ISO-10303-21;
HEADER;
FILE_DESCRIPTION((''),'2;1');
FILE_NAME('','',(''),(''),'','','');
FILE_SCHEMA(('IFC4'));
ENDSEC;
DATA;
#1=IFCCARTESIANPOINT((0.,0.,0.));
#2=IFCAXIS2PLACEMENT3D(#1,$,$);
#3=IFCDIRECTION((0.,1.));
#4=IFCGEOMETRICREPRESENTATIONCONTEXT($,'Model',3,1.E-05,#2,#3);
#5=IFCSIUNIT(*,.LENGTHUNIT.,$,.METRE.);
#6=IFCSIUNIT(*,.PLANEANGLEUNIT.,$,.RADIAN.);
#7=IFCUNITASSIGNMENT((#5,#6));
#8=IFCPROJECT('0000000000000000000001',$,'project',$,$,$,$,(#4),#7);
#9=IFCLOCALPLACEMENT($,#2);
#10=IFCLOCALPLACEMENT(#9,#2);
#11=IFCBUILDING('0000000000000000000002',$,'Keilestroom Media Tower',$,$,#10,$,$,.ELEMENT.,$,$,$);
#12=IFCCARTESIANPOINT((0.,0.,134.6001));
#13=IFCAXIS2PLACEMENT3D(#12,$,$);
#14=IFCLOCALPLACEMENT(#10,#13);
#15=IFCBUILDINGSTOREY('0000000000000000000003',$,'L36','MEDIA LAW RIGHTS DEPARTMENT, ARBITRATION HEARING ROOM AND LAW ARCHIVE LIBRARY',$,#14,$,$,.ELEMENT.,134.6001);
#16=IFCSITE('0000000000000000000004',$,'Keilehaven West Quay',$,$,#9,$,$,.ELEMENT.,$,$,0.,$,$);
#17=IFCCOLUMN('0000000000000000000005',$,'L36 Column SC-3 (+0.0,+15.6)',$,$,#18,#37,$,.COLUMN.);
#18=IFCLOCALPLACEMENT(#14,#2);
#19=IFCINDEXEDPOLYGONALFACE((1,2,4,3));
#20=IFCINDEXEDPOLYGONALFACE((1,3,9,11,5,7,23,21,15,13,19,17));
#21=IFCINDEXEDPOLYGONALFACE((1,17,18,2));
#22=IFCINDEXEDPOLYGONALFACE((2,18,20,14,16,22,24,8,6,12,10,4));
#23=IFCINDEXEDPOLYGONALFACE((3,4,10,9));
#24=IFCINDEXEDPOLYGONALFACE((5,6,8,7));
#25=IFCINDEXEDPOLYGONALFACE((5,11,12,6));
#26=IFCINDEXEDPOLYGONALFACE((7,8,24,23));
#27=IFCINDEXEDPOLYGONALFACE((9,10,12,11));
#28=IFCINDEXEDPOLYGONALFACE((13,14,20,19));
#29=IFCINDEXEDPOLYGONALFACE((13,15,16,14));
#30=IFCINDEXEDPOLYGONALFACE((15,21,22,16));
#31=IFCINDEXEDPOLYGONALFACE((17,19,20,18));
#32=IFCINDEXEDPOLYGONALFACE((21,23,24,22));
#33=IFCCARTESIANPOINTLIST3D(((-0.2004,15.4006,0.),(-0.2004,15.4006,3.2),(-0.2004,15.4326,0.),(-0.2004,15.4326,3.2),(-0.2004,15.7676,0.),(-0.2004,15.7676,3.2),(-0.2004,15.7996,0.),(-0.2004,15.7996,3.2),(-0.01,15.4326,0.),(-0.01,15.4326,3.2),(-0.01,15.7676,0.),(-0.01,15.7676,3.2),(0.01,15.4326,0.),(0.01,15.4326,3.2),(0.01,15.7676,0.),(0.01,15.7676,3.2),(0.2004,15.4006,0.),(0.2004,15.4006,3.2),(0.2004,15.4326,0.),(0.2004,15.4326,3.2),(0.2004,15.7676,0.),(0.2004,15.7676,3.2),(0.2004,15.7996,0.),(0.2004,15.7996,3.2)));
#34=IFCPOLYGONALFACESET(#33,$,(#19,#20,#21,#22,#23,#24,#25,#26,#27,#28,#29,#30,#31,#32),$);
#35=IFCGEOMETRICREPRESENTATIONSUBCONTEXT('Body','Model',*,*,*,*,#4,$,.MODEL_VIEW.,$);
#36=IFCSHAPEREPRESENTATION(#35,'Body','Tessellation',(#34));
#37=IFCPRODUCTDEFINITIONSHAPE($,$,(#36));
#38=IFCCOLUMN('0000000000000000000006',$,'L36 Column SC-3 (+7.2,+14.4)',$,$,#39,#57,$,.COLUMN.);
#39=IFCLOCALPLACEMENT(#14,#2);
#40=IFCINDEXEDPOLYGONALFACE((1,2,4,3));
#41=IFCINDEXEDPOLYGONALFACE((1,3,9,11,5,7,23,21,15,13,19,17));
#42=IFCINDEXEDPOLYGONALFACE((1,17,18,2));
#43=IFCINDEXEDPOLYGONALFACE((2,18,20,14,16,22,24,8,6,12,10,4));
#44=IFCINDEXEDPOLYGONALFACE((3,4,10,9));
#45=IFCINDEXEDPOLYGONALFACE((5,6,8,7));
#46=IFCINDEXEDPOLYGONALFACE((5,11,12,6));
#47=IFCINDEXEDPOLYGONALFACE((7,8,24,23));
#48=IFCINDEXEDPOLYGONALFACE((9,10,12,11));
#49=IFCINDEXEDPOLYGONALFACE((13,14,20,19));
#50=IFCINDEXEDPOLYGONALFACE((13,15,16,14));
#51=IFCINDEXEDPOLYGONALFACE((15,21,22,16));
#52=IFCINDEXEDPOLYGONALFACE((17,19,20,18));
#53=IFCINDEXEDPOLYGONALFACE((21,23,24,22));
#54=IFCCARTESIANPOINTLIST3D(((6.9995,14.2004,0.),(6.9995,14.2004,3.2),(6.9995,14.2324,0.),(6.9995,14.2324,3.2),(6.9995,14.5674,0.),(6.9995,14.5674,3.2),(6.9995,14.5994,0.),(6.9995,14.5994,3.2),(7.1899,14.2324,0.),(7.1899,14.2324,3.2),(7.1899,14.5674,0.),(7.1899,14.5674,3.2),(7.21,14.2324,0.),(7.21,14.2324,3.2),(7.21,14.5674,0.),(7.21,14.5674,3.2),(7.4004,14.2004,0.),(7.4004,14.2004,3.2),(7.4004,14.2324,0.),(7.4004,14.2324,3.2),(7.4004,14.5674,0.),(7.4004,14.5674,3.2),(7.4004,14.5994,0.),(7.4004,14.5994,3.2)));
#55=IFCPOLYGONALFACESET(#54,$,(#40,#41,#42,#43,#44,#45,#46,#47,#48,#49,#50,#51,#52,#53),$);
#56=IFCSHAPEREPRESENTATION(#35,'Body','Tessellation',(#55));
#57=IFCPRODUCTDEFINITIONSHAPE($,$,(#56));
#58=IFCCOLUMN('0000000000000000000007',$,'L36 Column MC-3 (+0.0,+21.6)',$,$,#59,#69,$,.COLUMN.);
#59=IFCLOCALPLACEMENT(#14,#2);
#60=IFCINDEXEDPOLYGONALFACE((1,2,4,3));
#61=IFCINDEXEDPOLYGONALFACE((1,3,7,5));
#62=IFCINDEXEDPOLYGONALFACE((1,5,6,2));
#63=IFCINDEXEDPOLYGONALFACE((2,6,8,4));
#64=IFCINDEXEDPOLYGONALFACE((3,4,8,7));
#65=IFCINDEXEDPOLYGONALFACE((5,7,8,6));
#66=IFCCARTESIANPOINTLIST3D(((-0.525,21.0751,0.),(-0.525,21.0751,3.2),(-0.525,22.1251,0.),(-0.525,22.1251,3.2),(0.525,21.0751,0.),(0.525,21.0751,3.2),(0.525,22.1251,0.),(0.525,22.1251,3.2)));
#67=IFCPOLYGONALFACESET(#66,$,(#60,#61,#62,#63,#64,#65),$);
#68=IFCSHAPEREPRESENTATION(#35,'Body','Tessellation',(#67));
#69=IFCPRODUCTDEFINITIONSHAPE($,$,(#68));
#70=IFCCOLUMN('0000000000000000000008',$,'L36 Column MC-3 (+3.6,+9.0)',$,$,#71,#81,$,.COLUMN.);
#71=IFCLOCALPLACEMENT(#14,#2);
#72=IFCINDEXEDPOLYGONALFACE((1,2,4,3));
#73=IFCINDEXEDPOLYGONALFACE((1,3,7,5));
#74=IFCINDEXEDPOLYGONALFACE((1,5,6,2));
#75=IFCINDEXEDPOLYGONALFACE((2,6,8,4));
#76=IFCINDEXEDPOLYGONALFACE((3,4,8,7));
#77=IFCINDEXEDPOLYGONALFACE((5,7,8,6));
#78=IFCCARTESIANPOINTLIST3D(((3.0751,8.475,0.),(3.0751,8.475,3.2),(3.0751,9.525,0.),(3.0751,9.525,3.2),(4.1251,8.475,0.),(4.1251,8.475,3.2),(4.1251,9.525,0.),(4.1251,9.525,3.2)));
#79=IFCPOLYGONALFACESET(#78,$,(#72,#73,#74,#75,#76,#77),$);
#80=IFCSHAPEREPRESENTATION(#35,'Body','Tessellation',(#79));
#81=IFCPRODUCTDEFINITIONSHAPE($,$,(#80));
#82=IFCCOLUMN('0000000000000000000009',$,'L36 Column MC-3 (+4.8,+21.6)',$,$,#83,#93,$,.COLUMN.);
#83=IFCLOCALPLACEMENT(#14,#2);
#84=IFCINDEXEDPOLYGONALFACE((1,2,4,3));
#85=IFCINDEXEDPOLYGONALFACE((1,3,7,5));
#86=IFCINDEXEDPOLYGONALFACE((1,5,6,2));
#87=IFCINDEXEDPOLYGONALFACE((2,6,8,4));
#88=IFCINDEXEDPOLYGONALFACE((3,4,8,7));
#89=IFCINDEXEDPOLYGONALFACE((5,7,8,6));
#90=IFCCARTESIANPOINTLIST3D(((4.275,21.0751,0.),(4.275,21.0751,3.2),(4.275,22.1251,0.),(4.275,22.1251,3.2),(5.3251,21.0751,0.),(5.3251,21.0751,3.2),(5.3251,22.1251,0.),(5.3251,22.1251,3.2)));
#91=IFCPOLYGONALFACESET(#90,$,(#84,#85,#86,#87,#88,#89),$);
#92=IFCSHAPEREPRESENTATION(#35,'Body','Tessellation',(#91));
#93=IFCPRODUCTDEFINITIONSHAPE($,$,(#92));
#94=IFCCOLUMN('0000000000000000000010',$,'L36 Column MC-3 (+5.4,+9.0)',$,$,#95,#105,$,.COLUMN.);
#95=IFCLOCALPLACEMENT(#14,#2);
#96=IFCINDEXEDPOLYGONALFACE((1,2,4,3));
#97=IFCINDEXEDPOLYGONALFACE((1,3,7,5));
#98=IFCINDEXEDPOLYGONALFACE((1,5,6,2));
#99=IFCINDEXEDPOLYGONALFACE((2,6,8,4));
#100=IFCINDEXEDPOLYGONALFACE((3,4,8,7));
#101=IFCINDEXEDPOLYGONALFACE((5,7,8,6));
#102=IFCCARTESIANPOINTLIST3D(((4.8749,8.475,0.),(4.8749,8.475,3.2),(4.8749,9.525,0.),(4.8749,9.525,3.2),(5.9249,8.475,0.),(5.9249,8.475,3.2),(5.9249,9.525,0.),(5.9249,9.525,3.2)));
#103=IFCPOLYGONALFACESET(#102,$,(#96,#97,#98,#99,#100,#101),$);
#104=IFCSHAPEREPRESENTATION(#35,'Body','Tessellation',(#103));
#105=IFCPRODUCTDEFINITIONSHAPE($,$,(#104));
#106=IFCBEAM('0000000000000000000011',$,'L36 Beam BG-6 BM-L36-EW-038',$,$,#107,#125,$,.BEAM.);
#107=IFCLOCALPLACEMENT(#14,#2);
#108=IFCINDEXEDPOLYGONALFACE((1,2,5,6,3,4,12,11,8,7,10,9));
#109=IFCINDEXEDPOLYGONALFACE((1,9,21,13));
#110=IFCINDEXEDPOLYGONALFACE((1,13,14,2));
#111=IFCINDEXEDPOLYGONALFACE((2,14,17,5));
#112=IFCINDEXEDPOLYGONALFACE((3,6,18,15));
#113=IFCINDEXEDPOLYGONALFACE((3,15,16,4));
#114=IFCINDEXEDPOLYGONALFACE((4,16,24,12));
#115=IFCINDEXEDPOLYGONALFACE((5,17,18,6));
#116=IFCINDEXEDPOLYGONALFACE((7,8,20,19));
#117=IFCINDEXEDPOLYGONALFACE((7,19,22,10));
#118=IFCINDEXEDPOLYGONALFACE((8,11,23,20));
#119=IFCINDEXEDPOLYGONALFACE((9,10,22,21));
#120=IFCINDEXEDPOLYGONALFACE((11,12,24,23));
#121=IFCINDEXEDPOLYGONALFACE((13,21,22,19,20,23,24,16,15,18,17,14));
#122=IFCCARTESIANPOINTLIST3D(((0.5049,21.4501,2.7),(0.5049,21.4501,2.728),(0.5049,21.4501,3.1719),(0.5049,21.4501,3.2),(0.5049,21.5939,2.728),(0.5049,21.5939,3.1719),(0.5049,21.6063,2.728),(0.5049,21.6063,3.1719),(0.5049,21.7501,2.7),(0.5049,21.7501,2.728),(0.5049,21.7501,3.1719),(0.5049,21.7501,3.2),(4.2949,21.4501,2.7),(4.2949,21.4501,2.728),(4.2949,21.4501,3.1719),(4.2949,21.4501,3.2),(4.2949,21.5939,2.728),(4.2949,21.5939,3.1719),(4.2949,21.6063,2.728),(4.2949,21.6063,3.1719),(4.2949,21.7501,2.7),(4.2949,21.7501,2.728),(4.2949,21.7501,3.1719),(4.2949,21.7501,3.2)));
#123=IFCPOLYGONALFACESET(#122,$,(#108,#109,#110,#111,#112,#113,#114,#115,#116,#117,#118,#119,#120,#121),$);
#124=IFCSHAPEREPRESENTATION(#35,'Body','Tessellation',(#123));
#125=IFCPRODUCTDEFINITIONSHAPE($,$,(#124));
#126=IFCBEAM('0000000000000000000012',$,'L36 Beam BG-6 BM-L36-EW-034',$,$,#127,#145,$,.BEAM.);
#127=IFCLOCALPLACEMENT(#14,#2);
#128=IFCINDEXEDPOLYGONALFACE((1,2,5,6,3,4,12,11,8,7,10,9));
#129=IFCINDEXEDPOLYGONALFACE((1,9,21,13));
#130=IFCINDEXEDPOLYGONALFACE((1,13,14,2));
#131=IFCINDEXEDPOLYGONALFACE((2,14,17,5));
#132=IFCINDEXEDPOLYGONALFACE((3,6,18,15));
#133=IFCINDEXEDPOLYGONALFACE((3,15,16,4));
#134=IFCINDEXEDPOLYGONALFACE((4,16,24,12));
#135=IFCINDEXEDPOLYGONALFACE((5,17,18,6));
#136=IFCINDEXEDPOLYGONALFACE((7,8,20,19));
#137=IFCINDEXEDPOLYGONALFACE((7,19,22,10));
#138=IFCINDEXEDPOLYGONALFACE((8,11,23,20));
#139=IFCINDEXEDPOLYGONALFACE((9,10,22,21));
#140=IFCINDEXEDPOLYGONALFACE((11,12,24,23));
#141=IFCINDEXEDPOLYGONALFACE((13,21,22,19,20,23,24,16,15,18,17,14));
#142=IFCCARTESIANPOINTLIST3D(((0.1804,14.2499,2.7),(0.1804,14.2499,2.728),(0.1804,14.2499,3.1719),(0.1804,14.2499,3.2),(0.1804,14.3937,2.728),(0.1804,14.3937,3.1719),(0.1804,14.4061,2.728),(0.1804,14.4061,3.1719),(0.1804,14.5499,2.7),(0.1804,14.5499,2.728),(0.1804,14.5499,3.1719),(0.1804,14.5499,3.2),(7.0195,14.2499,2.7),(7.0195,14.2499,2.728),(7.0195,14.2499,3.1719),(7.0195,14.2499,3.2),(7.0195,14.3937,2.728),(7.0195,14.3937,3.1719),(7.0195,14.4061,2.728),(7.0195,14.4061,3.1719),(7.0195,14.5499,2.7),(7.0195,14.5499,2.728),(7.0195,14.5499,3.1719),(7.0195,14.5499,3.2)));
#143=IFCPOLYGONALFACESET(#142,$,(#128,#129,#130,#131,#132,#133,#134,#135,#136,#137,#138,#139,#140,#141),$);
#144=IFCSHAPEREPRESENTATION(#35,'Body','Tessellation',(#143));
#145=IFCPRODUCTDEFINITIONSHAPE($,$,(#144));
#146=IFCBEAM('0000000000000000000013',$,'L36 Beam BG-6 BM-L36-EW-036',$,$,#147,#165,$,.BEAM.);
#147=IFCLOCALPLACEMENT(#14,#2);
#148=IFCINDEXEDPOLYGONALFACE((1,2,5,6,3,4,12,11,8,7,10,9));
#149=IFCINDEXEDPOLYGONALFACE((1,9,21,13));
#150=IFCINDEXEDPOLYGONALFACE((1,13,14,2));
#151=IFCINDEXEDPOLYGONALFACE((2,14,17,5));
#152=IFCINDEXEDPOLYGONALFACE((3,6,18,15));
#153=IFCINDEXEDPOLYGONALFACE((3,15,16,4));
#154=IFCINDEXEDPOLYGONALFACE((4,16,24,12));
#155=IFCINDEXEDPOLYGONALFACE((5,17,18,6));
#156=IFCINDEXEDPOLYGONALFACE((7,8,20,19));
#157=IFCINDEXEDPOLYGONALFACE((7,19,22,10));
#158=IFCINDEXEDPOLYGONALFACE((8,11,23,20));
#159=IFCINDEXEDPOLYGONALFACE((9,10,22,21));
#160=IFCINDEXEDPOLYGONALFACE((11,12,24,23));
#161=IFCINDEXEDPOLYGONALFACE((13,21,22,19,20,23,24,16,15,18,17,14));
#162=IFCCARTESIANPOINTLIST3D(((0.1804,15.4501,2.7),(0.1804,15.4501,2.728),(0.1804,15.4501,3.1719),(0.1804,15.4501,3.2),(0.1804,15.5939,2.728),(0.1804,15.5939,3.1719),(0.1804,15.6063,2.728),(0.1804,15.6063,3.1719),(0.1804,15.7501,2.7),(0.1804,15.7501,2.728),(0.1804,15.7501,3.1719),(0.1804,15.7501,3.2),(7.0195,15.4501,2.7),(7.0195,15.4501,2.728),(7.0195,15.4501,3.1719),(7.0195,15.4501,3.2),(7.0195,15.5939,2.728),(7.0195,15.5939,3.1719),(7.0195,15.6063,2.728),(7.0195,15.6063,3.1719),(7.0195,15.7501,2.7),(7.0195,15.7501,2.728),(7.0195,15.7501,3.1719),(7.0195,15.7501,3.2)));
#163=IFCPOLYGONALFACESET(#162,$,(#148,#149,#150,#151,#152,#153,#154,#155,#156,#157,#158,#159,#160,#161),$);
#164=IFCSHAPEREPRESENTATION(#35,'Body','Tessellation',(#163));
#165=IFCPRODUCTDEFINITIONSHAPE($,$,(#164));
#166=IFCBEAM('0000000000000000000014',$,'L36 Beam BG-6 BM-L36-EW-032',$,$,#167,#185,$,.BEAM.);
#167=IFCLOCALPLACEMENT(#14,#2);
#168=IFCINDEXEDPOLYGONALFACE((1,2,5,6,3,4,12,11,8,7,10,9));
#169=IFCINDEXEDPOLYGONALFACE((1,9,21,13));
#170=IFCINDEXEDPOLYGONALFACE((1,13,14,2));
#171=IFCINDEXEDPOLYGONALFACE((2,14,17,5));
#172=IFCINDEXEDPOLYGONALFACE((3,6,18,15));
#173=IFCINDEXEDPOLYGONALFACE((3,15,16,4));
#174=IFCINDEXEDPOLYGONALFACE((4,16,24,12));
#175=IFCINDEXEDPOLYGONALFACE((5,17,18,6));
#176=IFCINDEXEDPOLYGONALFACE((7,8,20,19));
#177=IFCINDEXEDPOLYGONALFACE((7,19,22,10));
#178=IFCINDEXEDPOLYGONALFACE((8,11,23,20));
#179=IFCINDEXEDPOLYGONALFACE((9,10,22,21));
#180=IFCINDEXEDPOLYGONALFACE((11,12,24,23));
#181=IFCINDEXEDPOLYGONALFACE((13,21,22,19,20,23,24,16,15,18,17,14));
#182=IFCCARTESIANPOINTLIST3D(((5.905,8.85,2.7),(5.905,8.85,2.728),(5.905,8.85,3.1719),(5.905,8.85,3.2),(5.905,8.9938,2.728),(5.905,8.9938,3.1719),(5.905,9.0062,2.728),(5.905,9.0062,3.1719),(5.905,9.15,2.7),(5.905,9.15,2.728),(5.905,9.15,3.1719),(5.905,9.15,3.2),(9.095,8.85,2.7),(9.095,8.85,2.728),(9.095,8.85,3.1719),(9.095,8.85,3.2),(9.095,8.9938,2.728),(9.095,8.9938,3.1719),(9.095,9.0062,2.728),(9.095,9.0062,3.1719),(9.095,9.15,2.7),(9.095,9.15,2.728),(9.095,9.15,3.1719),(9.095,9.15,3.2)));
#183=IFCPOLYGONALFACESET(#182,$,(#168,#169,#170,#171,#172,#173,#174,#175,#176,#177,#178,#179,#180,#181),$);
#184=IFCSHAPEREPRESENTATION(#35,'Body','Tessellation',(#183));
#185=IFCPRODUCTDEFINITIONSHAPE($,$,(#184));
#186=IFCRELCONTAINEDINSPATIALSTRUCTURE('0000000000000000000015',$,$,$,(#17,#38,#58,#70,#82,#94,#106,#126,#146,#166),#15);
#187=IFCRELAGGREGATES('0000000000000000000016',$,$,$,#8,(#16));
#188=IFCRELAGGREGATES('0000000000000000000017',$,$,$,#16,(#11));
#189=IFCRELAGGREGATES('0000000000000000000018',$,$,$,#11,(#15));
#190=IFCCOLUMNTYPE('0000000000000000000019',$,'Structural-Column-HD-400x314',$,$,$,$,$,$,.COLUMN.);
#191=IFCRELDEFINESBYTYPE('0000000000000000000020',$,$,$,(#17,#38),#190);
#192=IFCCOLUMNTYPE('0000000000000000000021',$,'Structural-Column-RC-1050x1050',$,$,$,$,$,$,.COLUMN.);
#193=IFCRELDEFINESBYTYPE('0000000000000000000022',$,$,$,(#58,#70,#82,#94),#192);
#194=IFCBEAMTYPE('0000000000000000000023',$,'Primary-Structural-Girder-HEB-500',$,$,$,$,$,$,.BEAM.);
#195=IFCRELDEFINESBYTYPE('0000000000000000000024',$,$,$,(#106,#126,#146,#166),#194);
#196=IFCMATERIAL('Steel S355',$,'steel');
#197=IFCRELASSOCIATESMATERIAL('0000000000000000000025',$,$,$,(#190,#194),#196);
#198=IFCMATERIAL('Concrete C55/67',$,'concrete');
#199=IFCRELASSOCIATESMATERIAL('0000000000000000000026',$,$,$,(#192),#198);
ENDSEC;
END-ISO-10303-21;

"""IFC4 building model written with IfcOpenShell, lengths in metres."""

from ifc_helpers import new_model, si_unit, direction, frame, origin, origin_2d, place, context, subcontext, project, spatial, rectangle, i_section, extrude, source, transform, mapped, material, material_profile, profile_set, type_object, element, save


model = new_model("IFC4")

# Units and contexts
model_context = context("Model", 3, precision=1e-05, world=origin(), true_north=direction((0.0, 1.0)))
body_context = subcontext(model_context, "Body", "Model", "MODEL_VIEW")
ifc_project = project(units=[si_unit("LENGTHUNIT", "METRE"), si_unit("PLANEANGLEUNIT", "RADIAN")], contexts=[model_context])

# Site, building, storey
site_placement = place(None, origin())
site = spatial("IfcSite", under=ifc_project, at=site_placement, Name="Keilehaven West Quay", CompositionType="ELEMENT", RefElevation=0.0)
building_placement = place(site_placement, origin())
building = spatial("IfcBuilding", under=site, at=building_placement, Name="Keilestroom Media Tower", CompositionType="ELEMENT")
storey_placement = place(building_placement, frame((0.0, 0.0, 134.6001)))
storey = spatial("IfcBuildingStorey", under=building, at=storey_placement, Name="L36", Description="MEDIA LAW RIGHTS DEPARTMENT, ARBITRATION HEARING ROOM AND LAW ARCHIVE LIBRARY", CompositionType="ELEMENT", Elevation=134.6001)

# Columns
ifc_material_1 = material(Name="Steel S355", Category="steel")
ifc_material_profile_1 = material_profile(ifc_material_1, i_section(OverallWidth=0.4009, OverallDepth=0.3989, WebThickness=0.02, FlangeThickness=0.032, at=origin_2d()), Name="HD 400x314")
ifc_profile_set_1 = profile_set([ifc_material_profile_1], Name="Steel S355")
column_type_1 = type_object("IfcColumnType", Name="Structural-Column-HD-400x314", PredefinedType="COLUMN", material=ifc_profile_set_1)
shared_shape_1 = source(origin(), body_context, "Body", "SweptSolid", [
    extrude(i_section(OverallWidth=0.4009, OverallDepth=0.3989, WebThickness=0.02, FlangeThickness=0.032, at=origin_2d()), origin(), (0.0, 0.0, 1.0), 3.2),
])
for number, where, z_axis, x_axis, name in (
    (1, (0.0, 15.6001, 0.0), (0.0, 0.0, 1.0), (1.0, 0.0, 0.0), "L36 Column SC-3 (+0.0,+15.6)"),
    (2, (7.2, 14.3999, 0.0), (0.0, 0.0, 1.0), (1.0, 0.0, 0.0), "L36 Column SC-3 (+7.2,+14.4)"),
):
    element("IfcColumn", number, at=place(storey_placement, frame(where, z_axis=z_axis, x_axis=x_axis)), inside=storey, type_object=column_type_1, Name=name, PredefinedType="COLUMN", context=body_context, shape_type="MappedRepresentation", body=[
        mapped(shared_shape_1, transform((0.0, 0.0, 0.0), x_axis=(1.0, 0.0, 0.0), y_axis=(0.0, 1.0, 0.0), z_axis=(0.0, 0.0, 1.0), scale=1.0)),
    ])
ifc_material_2 = material(Name="Concrete C55/67", Category="concrete")
ifc_material_profile_2 = material_profile(ifc_material_2, rectangle(XDim=1.05, YDim=1.05, at=origin_2d()), Name="RC 1050x1050")
ifc_profile_set_2 = profile_set([ifc_material_profile_2], Name="Concrete C55/67")
column_type_2 = type_object("IfcColumnType", Name="Structural-Column-RC-1050x1050", PredefinedType="COLUMN", material=ifc_profile_set_2)
shared_shape_2 = source(origin(), body_context, "Body", "SweptSolid", [
    extrude(rectangle(XDim=1.05, YDim=1.05, at=origin_2d()), origin(), (0.0, 0.0, 1.0), 3.2),
])
for number, where, z_axis, x_axis, name in (
    (3, (0.0, 21.6001, 0.0), (0.0, 0.0, 1.0), (1.0, 0.0, 0.0), "L36 Column MC-3 (+0.0,+21.6)"),
    (4, (3.6001, 9.0, 0.0), (0.0, 0.0, 1.0), (1.0, 0.0, 0.0), "L36 Column MC-3 (+3.6,+9.0)"),
    (5, (4.8, 21.6001, 0.0), (0.0, 0.0, 1.0), (1.0, 0.0, 0.0), "L36 Column MC-3 (+4.8,+21.6)"),
    (6, (5.3999, 9.0, 0.0), (0.0, 0.0, 1.0), (1.0, 0.0, 0.0), "L36 Column MC-3 (+5.4,+9.0)"),
):
    element("IfcColumn", number, at=place(storey_placement, frame(where, z_axis=z_axis, x_axis=x_axis)), inside=storey, type_object=column_type_2, Name=name, PredefinedType="COLUMN", context=body_context, shape_type="MappedRepresentation", body=[
        mapped(shared_shape_2, transform((0.0, 0.0, 0.0), x_axis=(1.0, 0.0, 0.0), y_axis=(0.0, 1.0, 0.0), z_axis=(0.0, 0.0, 1.0), scale=1.0)),
    ])

# Beams
ifc_material_profile_3 = material_profile(ifc_material_1, i_section(OverallWidth=0.3, OverallDepth=0.5, WebThickness=0.0125, FlangeThickness=0.0281, at=origin_2d()), Name="HEB 500")
ifc_profile_set_3 = profile_set([ifc_material_profile_3], Name="Steel S355")
beam_type_1 = type_object("IfcBeamType", Name="Primary-Structural-Girder-HEB-500", PredefinedType="BEAM", material=ifc_profile_set_3)
shared_shape_3 = source(origin(), body_context, "Body", "SweptSolid", [
    extrude(i_section(OverallWidth=0.3, OverallDepth=0.5, WebThickness=0.0125, FlangeThickness=0.0281, at=origin_2d()), origin(), (0.0, 0.0, 1.0), 3.79),
])
beam_1_placement = place(storey_placement, frame((0.5049, 21.6001, 2.95), z_axis=(1.0, 0.0, 0.0), x_axis=(0.0, 1.0, 0.0)))
element("IfcBeam", 7, at=beam_1_placement, inside=storey, type_object=beam_type_1, Name="L36 Beam BG-6 BM-L36-EW-038", PredefinedType="BEAM", context=body_context, shape_type="MappedRepresentation", body=[
    mapped(shared_shape_3, transform((0.0, 0.0, 0.0), x_axis=(1.0, 0.0, 0.0), y_axis=(0.0, 1.0, 0.0), z_axis=(0.0, 0.0, 1.0), scale=1.0)),
])
shared_shape_4 = source(origin(), body_context, "Body", "SweptSolid", [
    extrude(i_section(OverallWidth=0.3, OverallDepth=0.5, WebThickness=0.0125, FlangeThickness=0.0281, at=origin_2d()), origin(), (0.0, 0.0, 1.0), 6.8391),
])
for number, where, z_axis, x_axis, name in (
    (8, (0.1804, 14.3999, 2.95), (1.0, 0.0, 0.0), (0.0, 1.0, 0.0), "L36 Beam BG-6 BM-L36-EW-034"),
    (9, (0.1804, 15.6001, 2.95), (1.0, 0.0, 0.0), (0.0, 1.0, 0.0), "L36 Beam BG-6 BM-L36-EW-036"),
):
    element("IfcBeam", number, at=place(storey_placement, frame(where, z_axis=z_axis, x_axis=x_axis)), inside=storey, type_object=beam_type_1, Name=name, PredefinedType="BEAM", context=body_context, shape_type="MappedRepresentation", body=[
        mapped(shared_shape_4, transform((0.0, 0.0, 0.0), x_axis=(1.0, 0.0, 0.0), y_axis=(0.0, 1.0, 0.0), z_axis=(0.0, 0.0, 1.0), scale=1.0)),
    ])
shared_shape_5 = source(origin(), body_context, "Body", "SweptSolid", [
    extrude(i_section(OverallWidth=0.3, OverallDepth=0.5, WebThickness=0.0125, FlangeThickness=0.0281, at=origin_2d()), origin(), (0.0, 0.0, 1.0), 3.1899),
])
beam_2_placement = place(storey_placement, frame((5.905, 9.0, 2.95), z_axis=(1.0, 0.0, 0.0), x_axis=(0.0, 1.0, 0.0)))
element("IfcBeam", 10, at=beam_2_placement, inside=storey, type_object=beam_type_1, Name="L36 Beam BG-6 BM-L36-EW-032", PredefinedType="BEAM", context=body_context, shape_type="MappedRepresentation", body=[
    mapped(shared_shape_5, transform((0.0, 0.0, 0.0), x_axis=(1.0, 0.0, 0.0), y_axis=(0.0, 1.0, 0.0), z_axis=(0.0, 0.0, 1.0), scale=1.0)),
])

save(model, "model.ifc")
